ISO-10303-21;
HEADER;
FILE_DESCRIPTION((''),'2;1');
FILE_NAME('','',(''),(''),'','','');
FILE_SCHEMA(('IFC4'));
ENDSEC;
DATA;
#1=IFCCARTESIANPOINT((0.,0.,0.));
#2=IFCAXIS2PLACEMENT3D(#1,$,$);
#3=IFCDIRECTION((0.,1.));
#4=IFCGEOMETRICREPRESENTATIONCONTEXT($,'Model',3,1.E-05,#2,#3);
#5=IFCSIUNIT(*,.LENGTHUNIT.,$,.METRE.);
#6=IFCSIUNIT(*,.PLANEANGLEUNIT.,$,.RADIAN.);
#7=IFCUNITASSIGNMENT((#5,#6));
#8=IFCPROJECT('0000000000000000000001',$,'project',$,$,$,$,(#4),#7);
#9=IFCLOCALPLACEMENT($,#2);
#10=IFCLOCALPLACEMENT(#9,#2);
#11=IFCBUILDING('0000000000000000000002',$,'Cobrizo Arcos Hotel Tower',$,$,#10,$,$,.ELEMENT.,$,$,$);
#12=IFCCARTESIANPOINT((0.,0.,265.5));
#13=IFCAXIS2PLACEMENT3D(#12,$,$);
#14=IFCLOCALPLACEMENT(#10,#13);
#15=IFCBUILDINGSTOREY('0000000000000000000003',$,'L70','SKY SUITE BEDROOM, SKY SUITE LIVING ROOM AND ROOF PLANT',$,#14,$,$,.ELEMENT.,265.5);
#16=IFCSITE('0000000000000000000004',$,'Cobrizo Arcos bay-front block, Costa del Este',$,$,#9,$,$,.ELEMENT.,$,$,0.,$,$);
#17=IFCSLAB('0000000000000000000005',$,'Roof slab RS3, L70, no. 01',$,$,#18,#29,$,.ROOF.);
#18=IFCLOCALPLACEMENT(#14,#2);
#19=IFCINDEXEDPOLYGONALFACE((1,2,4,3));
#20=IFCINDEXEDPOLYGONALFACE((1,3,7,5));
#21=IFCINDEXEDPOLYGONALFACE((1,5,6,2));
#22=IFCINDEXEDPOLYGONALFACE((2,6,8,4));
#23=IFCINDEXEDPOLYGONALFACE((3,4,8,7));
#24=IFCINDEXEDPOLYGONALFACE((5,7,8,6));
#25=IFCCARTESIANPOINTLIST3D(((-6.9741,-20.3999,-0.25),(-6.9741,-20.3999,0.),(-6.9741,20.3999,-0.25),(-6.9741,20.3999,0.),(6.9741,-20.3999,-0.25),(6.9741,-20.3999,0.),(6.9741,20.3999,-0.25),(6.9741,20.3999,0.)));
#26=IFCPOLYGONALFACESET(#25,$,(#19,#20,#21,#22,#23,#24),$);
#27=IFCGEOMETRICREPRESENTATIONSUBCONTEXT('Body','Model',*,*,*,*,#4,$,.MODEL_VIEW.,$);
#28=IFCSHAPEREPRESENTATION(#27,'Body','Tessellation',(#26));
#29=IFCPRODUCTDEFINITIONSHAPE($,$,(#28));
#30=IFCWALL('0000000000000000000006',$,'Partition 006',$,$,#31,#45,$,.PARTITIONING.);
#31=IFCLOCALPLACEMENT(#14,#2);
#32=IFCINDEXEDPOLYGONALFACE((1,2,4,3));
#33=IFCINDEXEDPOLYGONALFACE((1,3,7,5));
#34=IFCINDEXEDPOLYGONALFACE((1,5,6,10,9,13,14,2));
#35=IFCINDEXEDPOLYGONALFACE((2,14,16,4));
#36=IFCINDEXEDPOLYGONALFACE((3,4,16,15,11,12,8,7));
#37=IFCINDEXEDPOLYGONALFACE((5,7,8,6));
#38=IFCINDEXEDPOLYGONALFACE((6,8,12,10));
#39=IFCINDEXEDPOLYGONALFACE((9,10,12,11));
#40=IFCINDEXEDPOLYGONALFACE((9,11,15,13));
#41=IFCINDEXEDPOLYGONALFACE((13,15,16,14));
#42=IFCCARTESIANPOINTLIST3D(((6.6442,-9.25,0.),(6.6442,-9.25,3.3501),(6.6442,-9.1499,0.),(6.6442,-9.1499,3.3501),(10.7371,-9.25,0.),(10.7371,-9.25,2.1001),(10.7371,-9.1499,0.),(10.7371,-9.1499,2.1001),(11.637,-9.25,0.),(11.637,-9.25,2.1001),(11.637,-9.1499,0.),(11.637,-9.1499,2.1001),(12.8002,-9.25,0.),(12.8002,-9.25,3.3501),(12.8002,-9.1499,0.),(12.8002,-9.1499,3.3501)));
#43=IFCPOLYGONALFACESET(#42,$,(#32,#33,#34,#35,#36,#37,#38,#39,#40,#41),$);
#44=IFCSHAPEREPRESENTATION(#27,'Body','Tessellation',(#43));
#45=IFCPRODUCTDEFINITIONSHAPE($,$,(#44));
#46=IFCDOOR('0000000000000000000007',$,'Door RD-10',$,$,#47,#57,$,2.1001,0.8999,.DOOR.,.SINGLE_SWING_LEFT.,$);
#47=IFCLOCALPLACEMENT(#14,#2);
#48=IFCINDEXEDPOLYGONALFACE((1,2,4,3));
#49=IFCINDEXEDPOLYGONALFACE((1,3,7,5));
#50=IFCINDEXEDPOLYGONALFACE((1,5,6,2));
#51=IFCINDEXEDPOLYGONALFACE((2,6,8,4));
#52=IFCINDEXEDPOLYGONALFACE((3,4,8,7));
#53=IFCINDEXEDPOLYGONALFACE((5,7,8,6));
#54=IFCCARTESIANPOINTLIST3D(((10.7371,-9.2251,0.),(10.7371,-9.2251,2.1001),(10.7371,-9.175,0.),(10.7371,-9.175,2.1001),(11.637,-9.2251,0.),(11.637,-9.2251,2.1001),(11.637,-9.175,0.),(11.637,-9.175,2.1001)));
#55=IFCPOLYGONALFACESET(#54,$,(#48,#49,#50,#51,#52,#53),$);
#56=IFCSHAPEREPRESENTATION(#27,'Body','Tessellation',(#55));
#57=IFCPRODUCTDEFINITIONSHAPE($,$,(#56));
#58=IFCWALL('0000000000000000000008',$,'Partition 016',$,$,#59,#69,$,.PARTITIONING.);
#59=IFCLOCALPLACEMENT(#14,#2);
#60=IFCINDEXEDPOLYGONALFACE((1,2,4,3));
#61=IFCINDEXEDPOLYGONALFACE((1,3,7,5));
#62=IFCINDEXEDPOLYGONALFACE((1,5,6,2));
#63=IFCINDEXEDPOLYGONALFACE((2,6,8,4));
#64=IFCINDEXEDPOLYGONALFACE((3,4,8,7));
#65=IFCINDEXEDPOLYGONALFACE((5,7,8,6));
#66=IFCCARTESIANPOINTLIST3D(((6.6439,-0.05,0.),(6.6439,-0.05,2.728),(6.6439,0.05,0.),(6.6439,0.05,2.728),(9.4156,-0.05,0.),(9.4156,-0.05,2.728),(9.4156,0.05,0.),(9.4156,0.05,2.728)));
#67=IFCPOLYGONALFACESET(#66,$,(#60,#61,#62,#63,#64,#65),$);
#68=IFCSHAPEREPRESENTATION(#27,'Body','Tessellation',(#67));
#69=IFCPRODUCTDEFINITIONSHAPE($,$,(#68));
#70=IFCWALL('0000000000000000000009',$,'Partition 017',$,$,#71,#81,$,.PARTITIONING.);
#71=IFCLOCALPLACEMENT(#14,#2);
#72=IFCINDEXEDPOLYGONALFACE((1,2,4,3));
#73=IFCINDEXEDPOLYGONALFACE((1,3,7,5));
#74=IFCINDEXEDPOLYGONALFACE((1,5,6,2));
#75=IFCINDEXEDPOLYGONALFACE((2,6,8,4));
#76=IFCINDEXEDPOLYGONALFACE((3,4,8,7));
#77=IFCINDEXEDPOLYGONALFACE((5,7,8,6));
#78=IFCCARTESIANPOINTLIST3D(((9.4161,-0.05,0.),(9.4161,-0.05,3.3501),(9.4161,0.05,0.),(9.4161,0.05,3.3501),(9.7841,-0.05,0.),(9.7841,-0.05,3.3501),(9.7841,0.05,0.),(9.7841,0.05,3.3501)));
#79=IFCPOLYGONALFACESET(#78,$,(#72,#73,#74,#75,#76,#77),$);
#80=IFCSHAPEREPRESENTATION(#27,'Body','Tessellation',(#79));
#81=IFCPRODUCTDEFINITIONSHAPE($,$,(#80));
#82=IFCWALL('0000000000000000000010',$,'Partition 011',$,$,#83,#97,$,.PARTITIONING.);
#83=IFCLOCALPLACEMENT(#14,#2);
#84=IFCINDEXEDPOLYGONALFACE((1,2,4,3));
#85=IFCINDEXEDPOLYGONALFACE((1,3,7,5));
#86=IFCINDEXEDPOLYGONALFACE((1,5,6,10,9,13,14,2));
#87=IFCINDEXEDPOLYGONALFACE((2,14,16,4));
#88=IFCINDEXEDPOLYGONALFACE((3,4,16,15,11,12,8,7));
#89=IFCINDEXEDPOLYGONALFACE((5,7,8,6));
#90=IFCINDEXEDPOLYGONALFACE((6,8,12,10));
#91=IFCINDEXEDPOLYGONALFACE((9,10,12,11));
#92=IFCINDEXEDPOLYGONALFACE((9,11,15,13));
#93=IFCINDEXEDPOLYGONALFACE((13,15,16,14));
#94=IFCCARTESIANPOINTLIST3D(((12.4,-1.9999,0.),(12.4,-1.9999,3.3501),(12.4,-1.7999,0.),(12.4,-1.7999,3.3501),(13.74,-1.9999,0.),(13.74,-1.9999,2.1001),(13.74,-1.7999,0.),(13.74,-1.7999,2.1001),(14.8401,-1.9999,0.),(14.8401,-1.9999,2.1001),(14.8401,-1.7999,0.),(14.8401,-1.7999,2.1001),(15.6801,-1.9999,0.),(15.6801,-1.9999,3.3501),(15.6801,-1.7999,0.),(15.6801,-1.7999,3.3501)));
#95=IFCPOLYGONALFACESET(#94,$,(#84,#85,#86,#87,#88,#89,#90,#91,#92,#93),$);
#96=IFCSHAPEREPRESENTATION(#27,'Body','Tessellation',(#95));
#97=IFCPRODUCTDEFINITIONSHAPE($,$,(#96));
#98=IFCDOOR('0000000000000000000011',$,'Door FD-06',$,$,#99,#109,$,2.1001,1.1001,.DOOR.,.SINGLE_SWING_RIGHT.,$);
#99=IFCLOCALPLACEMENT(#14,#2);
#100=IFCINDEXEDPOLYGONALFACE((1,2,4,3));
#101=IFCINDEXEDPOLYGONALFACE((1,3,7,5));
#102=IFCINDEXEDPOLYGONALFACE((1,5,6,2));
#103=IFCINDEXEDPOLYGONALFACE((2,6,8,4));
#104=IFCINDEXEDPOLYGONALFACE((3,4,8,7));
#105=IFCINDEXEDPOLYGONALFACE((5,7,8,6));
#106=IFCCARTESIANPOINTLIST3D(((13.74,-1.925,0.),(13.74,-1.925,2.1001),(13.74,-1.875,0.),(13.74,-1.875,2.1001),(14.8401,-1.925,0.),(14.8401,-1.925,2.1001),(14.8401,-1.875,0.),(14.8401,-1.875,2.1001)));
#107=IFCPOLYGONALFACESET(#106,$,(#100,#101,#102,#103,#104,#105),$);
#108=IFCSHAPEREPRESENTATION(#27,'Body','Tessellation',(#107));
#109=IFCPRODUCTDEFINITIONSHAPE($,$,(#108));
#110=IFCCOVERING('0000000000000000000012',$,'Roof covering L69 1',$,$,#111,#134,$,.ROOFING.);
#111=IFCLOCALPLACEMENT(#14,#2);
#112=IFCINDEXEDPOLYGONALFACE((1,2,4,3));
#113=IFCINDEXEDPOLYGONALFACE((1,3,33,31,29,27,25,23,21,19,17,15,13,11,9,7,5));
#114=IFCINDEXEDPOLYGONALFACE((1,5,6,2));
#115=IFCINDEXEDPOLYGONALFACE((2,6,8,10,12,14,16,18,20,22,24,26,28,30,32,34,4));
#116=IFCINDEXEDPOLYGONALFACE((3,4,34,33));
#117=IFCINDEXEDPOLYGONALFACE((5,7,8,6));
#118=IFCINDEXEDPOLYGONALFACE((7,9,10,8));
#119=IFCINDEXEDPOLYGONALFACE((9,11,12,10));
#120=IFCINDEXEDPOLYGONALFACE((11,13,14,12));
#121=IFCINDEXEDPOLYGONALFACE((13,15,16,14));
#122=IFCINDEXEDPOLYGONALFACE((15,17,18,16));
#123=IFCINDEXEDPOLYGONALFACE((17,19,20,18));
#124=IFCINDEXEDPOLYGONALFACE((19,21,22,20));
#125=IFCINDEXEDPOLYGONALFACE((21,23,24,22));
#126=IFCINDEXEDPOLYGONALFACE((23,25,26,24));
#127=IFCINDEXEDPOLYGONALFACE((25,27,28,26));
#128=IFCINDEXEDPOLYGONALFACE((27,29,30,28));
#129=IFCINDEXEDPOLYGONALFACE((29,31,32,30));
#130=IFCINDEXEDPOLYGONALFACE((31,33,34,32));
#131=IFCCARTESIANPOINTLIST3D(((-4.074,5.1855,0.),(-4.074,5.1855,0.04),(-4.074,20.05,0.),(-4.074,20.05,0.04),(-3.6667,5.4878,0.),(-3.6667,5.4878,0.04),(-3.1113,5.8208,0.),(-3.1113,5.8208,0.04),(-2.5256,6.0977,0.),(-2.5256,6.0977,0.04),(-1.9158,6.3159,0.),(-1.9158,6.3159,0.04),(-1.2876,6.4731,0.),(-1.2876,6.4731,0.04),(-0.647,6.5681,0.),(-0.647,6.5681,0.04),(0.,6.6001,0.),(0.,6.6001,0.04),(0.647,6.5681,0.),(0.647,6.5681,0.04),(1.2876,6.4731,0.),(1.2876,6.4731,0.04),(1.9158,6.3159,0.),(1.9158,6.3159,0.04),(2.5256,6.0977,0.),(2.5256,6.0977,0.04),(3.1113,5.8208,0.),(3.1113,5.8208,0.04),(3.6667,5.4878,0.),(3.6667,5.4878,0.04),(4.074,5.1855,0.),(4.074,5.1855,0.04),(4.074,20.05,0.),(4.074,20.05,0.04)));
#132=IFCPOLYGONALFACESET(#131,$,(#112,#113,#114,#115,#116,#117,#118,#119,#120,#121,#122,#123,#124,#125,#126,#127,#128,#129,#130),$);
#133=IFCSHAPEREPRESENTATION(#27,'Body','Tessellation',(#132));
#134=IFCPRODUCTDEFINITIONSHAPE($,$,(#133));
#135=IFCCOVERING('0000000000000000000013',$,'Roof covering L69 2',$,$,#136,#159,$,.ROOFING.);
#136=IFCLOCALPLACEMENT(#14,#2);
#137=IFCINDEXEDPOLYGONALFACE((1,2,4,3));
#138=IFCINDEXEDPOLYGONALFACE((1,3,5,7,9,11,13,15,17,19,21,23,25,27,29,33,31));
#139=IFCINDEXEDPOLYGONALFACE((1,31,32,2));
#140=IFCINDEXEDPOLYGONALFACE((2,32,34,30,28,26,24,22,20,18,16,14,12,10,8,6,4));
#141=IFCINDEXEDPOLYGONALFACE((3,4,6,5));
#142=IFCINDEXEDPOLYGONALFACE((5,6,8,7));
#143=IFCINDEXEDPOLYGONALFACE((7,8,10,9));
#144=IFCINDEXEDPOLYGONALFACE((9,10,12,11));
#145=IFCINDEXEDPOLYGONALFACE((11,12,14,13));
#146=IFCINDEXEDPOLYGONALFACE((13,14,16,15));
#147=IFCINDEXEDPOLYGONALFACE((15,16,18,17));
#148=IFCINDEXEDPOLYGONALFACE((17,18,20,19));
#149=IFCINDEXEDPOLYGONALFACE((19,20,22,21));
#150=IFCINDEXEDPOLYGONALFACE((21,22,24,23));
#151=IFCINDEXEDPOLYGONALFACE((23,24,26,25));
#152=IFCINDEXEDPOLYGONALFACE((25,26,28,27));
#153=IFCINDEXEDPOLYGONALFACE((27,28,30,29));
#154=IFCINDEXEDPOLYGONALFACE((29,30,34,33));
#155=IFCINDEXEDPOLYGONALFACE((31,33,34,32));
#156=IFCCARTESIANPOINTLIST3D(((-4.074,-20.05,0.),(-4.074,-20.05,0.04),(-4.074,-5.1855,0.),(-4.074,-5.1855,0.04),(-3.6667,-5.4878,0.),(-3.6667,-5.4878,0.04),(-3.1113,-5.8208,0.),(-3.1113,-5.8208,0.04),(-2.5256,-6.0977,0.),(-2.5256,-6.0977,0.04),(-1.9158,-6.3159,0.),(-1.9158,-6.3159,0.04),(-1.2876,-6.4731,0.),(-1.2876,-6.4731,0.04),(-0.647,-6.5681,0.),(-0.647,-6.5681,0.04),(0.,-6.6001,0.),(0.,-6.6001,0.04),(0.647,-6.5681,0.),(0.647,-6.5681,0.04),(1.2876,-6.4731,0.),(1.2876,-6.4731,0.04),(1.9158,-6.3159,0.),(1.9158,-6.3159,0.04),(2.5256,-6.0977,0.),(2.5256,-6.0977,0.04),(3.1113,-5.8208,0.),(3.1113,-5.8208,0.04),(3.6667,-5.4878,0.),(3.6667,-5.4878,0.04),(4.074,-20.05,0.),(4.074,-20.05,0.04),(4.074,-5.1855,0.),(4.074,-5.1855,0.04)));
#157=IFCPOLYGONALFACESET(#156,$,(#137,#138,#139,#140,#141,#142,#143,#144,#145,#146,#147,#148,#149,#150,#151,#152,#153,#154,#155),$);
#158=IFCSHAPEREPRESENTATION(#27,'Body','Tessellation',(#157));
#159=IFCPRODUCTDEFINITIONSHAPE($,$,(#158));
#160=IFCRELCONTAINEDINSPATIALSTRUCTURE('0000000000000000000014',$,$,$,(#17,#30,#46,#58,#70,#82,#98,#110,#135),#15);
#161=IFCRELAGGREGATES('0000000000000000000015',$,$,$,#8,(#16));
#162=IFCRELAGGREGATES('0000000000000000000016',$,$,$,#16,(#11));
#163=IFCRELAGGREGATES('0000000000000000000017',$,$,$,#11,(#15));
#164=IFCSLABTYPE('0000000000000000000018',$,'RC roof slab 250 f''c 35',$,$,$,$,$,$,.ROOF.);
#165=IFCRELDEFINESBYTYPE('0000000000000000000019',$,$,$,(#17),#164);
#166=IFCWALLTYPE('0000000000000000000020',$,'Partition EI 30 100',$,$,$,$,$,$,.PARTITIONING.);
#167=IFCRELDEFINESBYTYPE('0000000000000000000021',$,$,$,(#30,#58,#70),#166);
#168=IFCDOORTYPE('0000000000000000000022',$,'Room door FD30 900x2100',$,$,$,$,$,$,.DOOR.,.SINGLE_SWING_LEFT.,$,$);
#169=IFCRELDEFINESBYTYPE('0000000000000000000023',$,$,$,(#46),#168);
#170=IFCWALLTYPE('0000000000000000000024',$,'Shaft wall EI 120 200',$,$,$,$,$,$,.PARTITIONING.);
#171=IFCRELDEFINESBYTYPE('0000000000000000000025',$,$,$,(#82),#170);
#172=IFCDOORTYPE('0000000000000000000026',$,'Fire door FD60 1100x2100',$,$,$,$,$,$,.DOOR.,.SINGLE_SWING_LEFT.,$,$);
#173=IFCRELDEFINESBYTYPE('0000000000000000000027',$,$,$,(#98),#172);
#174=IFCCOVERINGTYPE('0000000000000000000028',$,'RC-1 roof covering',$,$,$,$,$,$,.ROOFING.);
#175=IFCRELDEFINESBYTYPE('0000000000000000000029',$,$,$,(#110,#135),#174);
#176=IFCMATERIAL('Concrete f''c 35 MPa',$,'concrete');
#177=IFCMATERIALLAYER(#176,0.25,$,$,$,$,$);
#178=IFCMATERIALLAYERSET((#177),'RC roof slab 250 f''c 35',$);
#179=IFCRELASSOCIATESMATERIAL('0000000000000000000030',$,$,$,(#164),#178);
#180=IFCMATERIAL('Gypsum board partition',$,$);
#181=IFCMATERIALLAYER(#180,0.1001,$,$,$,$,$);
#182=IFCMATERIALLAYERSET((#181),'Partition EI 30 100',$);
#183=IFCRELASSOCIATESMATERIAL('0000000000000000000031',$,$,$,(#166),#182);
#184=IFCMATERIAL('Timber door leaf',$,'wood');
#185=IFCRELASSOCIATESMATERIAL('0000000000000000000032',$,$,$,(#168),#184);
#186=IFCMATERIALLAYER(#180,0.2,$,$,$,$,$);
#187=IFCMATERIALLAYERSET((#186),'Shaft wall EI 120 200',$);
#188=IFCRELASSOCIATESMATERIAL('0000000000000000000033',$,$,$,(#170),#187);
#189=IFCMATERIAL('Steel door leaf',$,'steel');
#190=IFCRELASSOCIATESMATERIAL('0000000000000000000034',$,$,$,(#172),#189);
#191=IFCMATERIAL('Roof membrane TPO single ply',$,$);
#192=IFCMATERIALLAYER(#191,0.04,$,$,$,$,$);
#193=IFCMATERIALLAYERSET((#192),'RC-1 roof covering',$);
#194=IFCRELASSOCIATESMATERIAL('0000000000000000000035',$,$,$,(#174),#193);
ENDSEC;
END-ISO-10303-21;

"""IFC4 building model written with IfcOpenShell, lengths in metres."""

from ifc_helpers import new_model, si_unit, direction, frame, frame_2d, origin, place, context, subcontext, project, spatial, polyline, rectangle, outline, extrude, material, layer, layer_set, type_object, element, fill, save


model = new_model("IFC4")

# Units and contexts
model_context = context("Model", 3, precision=1e-05, world=origin(), true_north=direction((0.0, 1.0)))
body_context = subcontext(model_context, "Body", "Model", "MODEL_VIEW")
ifc_project = project(units=[si_unit("LENGTHUNIT", "METRE"), si_unit("PLANEANGLEUNIT", "RADIAN")], contexts=[model_context])

# Site, building, storey
site_placement = place(None, origin())
site = spatial("IfcSite", under=ifc_project, at=site_placement, Name="Cobrizo Arcos bay-front block, Costa del Este", CompositionType="ELEMENT", RefElevation=0.0)
building_placement = place(site_placement, origin())
building = spatial("IfcBuilding", under=site, at=building_placement, Name="Cobrizo Arcos Hotel Tower", CompositionType="ELEMENT")
storey_placement = place(building_placement, frame((0.0, 0.0, 265.5)))
storey = spatial("IfcBuildingStorey", under=building, at=storey_placement, Name="L70", Description="SKY SUITE BEDROOM, SKY SUITE LIVING ROOM AND ROOF PLANT", CompositionType="ELEMENT", Elevation=265.5)

# Slab
ifc_material_1 = material(Name="Concrete f'c 35 MPa", Category="concrete")
ifc_layer_1 = layer(ifc_material_1, 0.25)
ifc_layer_set_1 = layer_set([ifc_layer_1], Name="RC roof slab 250 f'c 35")
slab_type_1 = type_object("IfcSlabType", Name="RC roof slab 250 f'c 35", PredefinedType="ROOF", material=ifc_layer_set_1)
slab_1_placement = place(storey_placement, frame((0.0, 0.0, -0.25)))
element("IfcSlab", 1, at=slab_1_placement, inside=storey, type_object=slab_type_1, Name="Roof slab RS3, L70, no. 01", PredefinedType="ROOF", context=body_context, shape_type="SweptSolid", body=[
    extrude(outline(polyline([(6.9741, 20.3999), (6.9741, -20.3999), (-6.9741, -20.3999), (-6.9741, 20.3999), (6.9741, 20.3999)])), origin(), (0.0, 0.0, 1.0), 0.25),
])

# Wall, opening, door
ifc_material_2 = material(Name="Gypsum board partition")
ifc_layer_2 = layer(ifc_material_2, 0.1001)
ifc_layer_set_2 = layer_set([ifc_layer_2], Name="Partition EI 30 100")
wall_type_1 = type_object("IfcWallType", Name="Partition EI 30 100", PredefinedType="PARTITIONING", material=ifc_layer_set_2)
wall_1_placement = place(storey_placement, frame((6.644, -9.2, 0.0), z_axis=(0.0, 0.0, 1.0), x_axis=(1.0, 0.0, 0.0)))
wall_1 = element("IfcWall", 2, at=wall_1_placement, inside=storey, type_object=wall_type_1, Name="Partition 006", PredefinedType="PARTITIONING", context=body_context, shape_type="SweptSolid", body=[
    extrude(rectangle(XDim=6.156, YDim=0.1001, at=frame_2d((3.0781, 0.0))), origin(), (0.0, 0.0, 1.0), 3.3501),
])
opening_1_placement = place(wall_1_placement, frame((4.093, 0.0, 0.0)))
opening_1 = element("IfcOpeningElement", 3, at=opening_1_placement, cuts=wall_1, PredefinedType="OPENING", context=body_context, shape_type="SweptSolid", body=[
    extrude(rectangle(XDim=0.8999, YDim=2.1001, at=frame_2d((0.45, 1.05))), frame((0.0, 0.062, 0.0), z_axis=(0.0, -1.0, 0.0), x_axis=(1.0, 0.0, 0.0)), (0.0, 0.0, 1.0), 0.124),
])
ifc_material_3 = material(Name="Timber door leaf", Category="wood")
door_type_1 = type_object("IfcDoorType", Name="Room door FD30 900x2100", OperationType="SINGLE_SWING_LEFT", PredefinedType="DOOR", material=ifc_material_3)
door_1_placement = place(opening_1_placement, origin())
door_1 = element("IfcDoor", 4, at=door_1_placement, inside=storey, type_object=door_type_1, Name="Door RD-10", OperationType="SINGLE_SWING_LEFT", OverallHeight=2.1001, OverallWidth=0.8999, PredefinedType="DOOR", context=body_context, shape_type="SweptSolid", body=[
    extrude(rectangle(XDim=0.8999, YDim=2.1001, at=frame_2d((0.45, 1.05))), frame((0.0, 0.0249, 0.0), z_axis=(0.0, -1.0, 0.0), x_axis=(1.0, 0.0, 0.0)), (0.0, 0.0, 1.0), 0.05),
])
fill(opening_1, door_1)

# Walls
wall_2_placement = place(storey_placement, frame((6.644, 0.0, 0.0), z_axis=(0.0, 0.0, 1.0), x_axis=(1.0, 0.0, 0.0)))
element("IfcWall", 5, at=wall_2_placement, inside=storey, type_object=wall_type_1, Name="Partition 016", PredefinedType="PARTITIONING", context=body_context, shape_type="SweptSolid", body=[
    extrude(rectangle(XDim=2.7717, YDim=0.1001, at=frame_2d((1.3857, 0.0))), origin(), (0.0, 0.0, 1.0), 2.728),
])
wall_3_placement = place(storey_placement, frame((9.416, 0.0, 0.0), z_axis=(0.0, 0.0, 1.0), x_axis=(1.0, 0.0, 0.0)))
element("IfcWall", 6, at=wall_3_placement, inside=storey, type_object=wall_type_1, Name="Partition 017", PredefinedType="PARTITIONING", context=body_context, shape_type="SweptSolid", body=[
    extrude(rectangle(XDim=0.3679, YDim=0.1001, at=frame_2d((0.1841, 0.0))), origin(), (0.0, 0.0, 1.0), 3.3501),
])

# Wall, opening, door
ifc_layer_3 = layer(ifc_material_2, 0.2)
ifc_layer_set_3 = layer_set([ifc_layer_3], Name="Shaft wall EI 120 200")
wall_type_2 = type_object("IfcWallType", Name="Shaft wall EI 120 200", PredefinedType="PARTITIONING", material=ifc_layer_set_3)
wall_4_placement = place(storey_placement, frame((12.3999, -1.8999, 0.0), z_axis=(0.0, 0.0, 1.0), x_axis=(1.0, 0.0, 0.0)))
wall_4 = element("IfcWall", 7, at=wall_4_placement, inside=storey, type_object=wall_type_2, Name="Partition 011", PredefinedType="PARTITIONING", context=body_context, shape_type="SweptSolid", body=[
    extrude(rectangle(XDim=3.28, YDim=0.2, at=frame_2d((1.6401, 0.0))), origin(), (0.0, 0.0, 1.0), 3.3501),
])
opening_2_placement = place(wall_4_placement, frame((1.3401, 0.0, 0.0)))
opening_2 = element("IfcOpeningElement", 8, at=opening_2_placement, cuts=wall_4, PredefinedType="OPENING", context=body_context, shape_type="SweptSolid", body=[
    extrude(rectangle(XDim=1.1001, YDim=2.1001, at=frame_2d((0.55, 1.05))), frame((0.0, 0.1121, 0.0), z_axis=(0.0, -1.0, 0.0), x_axis=(1.0, 0.0, 0.0)), (0.0, 0.0, 1.0), 0.2239),
])
ifc_material_4 = material(Name="Steel door leaf", Category="steel")
door_type_2 = type_object("IfcDoorType", Name="Fire door FD60 1100x2100", OperationType="SINGLE_SWING_LEFT", PredefinedType="DOOR", material=ifc_material_4)
door_2_placement = place(opening_2_placement, origin())
door_2 = element("IfcDoor", 9, at=door_2_placement, inside=storey, type_object=door_type_2, Name="Door FD-06", OperationType="SINGLE_SWING_RIGHT", OverallHeight=2.1001, OverallWidth=1.1001, PredefinedType="DOOR", context=body_context, shape_type="SweptSolid", body=[
    extrude(rectangle(XDim=1.1001, YDim=2.1001, at=frame_2d((0.55, 1.05))), frame((0.0, 0.0249, 0.0), z_axis=(0.0, -1.0, 0.0), x_axis=(1.0, 0.0, 0.0)), (0.0, 0.0, 1.0), 0.05),
])
fill(opening_2, door_2)

# Coverings
ifc_material_5 = material(Name="Roof membrane TPO single ply")
ifc_layer_4 = layer(ifc_material_5, 0.04)
ifc_layer_set_4 = layer_set([ifc_layer_4], Name="RC-1 roof covering")
covering_type = type_object("IfcCoveringType", Name="RC-1 roof covering", PredefinedType="ROOFING", material=ifc_layer_set_4)
covering_1_placement = place(storey_placement, origin())
element("IfcCovering", 10, at=covering_1_placement, inside=storey, type_object=covering_type, Name="Roof covering L69 1", PredefinedType="ROOFING", context=body_context, shape_type="SweptSolid", body=[
    extrude(outline(polyline([(3.6667, 5.4878), (3.1113, 5.8208), (2.5256, 6.0977), (1.9158, 6.3159), (1.2876, 6.4731), (0.647, 6.5681), (0.0, 6.6001), (-0.647, 6.5681), (-1.2876, 6.4731), (-1.9158, 6.3159), (-2.5256, 6.0977), (-3.1113, 5.8208), (-3.6667, 5.4878), (-4.074, 5.1855), (-4.074, 20.05), (4.074, 20.05), (4.074, 5.1855), (3.6667, 5.4878)])), origin(), (0.0, 0.0, 1.0), 0.04),
])
covering_2_placement = place(storey_placement, origin())
element("IfcCovering", 11, at=covering_2_placement, inside=storey, type_object=covering_type, Name="Roof covering L69 2", PredefinedType="ROOFING", context=body_context, shape_type="SweptSolid", body=[
    extrude(outline(polyline([(-4.074, -20.05), (-4.074, -5.1855), (-3.6667, -5.4878), (-3.1113, -5.8208), (-2.5256, -6.0977), (-1.9158, -6.3159), (-1.2876, -6.4731), (-0.647, -6.5681), (0.0, -6.6001), (0.647, -6.5681), (1.2876, -6.4731), (1.9158, -6.3159), (2.5256, -6.0977), (3.1113, -5.8208), (3.6667, -5.4878), (4.074, -5.1855), (4.074, -20.05), (-4.074, -20.05)])), origin(), (0.0, 0.0, 1.0), 0.04),
])

save(model, "model.ifc")
